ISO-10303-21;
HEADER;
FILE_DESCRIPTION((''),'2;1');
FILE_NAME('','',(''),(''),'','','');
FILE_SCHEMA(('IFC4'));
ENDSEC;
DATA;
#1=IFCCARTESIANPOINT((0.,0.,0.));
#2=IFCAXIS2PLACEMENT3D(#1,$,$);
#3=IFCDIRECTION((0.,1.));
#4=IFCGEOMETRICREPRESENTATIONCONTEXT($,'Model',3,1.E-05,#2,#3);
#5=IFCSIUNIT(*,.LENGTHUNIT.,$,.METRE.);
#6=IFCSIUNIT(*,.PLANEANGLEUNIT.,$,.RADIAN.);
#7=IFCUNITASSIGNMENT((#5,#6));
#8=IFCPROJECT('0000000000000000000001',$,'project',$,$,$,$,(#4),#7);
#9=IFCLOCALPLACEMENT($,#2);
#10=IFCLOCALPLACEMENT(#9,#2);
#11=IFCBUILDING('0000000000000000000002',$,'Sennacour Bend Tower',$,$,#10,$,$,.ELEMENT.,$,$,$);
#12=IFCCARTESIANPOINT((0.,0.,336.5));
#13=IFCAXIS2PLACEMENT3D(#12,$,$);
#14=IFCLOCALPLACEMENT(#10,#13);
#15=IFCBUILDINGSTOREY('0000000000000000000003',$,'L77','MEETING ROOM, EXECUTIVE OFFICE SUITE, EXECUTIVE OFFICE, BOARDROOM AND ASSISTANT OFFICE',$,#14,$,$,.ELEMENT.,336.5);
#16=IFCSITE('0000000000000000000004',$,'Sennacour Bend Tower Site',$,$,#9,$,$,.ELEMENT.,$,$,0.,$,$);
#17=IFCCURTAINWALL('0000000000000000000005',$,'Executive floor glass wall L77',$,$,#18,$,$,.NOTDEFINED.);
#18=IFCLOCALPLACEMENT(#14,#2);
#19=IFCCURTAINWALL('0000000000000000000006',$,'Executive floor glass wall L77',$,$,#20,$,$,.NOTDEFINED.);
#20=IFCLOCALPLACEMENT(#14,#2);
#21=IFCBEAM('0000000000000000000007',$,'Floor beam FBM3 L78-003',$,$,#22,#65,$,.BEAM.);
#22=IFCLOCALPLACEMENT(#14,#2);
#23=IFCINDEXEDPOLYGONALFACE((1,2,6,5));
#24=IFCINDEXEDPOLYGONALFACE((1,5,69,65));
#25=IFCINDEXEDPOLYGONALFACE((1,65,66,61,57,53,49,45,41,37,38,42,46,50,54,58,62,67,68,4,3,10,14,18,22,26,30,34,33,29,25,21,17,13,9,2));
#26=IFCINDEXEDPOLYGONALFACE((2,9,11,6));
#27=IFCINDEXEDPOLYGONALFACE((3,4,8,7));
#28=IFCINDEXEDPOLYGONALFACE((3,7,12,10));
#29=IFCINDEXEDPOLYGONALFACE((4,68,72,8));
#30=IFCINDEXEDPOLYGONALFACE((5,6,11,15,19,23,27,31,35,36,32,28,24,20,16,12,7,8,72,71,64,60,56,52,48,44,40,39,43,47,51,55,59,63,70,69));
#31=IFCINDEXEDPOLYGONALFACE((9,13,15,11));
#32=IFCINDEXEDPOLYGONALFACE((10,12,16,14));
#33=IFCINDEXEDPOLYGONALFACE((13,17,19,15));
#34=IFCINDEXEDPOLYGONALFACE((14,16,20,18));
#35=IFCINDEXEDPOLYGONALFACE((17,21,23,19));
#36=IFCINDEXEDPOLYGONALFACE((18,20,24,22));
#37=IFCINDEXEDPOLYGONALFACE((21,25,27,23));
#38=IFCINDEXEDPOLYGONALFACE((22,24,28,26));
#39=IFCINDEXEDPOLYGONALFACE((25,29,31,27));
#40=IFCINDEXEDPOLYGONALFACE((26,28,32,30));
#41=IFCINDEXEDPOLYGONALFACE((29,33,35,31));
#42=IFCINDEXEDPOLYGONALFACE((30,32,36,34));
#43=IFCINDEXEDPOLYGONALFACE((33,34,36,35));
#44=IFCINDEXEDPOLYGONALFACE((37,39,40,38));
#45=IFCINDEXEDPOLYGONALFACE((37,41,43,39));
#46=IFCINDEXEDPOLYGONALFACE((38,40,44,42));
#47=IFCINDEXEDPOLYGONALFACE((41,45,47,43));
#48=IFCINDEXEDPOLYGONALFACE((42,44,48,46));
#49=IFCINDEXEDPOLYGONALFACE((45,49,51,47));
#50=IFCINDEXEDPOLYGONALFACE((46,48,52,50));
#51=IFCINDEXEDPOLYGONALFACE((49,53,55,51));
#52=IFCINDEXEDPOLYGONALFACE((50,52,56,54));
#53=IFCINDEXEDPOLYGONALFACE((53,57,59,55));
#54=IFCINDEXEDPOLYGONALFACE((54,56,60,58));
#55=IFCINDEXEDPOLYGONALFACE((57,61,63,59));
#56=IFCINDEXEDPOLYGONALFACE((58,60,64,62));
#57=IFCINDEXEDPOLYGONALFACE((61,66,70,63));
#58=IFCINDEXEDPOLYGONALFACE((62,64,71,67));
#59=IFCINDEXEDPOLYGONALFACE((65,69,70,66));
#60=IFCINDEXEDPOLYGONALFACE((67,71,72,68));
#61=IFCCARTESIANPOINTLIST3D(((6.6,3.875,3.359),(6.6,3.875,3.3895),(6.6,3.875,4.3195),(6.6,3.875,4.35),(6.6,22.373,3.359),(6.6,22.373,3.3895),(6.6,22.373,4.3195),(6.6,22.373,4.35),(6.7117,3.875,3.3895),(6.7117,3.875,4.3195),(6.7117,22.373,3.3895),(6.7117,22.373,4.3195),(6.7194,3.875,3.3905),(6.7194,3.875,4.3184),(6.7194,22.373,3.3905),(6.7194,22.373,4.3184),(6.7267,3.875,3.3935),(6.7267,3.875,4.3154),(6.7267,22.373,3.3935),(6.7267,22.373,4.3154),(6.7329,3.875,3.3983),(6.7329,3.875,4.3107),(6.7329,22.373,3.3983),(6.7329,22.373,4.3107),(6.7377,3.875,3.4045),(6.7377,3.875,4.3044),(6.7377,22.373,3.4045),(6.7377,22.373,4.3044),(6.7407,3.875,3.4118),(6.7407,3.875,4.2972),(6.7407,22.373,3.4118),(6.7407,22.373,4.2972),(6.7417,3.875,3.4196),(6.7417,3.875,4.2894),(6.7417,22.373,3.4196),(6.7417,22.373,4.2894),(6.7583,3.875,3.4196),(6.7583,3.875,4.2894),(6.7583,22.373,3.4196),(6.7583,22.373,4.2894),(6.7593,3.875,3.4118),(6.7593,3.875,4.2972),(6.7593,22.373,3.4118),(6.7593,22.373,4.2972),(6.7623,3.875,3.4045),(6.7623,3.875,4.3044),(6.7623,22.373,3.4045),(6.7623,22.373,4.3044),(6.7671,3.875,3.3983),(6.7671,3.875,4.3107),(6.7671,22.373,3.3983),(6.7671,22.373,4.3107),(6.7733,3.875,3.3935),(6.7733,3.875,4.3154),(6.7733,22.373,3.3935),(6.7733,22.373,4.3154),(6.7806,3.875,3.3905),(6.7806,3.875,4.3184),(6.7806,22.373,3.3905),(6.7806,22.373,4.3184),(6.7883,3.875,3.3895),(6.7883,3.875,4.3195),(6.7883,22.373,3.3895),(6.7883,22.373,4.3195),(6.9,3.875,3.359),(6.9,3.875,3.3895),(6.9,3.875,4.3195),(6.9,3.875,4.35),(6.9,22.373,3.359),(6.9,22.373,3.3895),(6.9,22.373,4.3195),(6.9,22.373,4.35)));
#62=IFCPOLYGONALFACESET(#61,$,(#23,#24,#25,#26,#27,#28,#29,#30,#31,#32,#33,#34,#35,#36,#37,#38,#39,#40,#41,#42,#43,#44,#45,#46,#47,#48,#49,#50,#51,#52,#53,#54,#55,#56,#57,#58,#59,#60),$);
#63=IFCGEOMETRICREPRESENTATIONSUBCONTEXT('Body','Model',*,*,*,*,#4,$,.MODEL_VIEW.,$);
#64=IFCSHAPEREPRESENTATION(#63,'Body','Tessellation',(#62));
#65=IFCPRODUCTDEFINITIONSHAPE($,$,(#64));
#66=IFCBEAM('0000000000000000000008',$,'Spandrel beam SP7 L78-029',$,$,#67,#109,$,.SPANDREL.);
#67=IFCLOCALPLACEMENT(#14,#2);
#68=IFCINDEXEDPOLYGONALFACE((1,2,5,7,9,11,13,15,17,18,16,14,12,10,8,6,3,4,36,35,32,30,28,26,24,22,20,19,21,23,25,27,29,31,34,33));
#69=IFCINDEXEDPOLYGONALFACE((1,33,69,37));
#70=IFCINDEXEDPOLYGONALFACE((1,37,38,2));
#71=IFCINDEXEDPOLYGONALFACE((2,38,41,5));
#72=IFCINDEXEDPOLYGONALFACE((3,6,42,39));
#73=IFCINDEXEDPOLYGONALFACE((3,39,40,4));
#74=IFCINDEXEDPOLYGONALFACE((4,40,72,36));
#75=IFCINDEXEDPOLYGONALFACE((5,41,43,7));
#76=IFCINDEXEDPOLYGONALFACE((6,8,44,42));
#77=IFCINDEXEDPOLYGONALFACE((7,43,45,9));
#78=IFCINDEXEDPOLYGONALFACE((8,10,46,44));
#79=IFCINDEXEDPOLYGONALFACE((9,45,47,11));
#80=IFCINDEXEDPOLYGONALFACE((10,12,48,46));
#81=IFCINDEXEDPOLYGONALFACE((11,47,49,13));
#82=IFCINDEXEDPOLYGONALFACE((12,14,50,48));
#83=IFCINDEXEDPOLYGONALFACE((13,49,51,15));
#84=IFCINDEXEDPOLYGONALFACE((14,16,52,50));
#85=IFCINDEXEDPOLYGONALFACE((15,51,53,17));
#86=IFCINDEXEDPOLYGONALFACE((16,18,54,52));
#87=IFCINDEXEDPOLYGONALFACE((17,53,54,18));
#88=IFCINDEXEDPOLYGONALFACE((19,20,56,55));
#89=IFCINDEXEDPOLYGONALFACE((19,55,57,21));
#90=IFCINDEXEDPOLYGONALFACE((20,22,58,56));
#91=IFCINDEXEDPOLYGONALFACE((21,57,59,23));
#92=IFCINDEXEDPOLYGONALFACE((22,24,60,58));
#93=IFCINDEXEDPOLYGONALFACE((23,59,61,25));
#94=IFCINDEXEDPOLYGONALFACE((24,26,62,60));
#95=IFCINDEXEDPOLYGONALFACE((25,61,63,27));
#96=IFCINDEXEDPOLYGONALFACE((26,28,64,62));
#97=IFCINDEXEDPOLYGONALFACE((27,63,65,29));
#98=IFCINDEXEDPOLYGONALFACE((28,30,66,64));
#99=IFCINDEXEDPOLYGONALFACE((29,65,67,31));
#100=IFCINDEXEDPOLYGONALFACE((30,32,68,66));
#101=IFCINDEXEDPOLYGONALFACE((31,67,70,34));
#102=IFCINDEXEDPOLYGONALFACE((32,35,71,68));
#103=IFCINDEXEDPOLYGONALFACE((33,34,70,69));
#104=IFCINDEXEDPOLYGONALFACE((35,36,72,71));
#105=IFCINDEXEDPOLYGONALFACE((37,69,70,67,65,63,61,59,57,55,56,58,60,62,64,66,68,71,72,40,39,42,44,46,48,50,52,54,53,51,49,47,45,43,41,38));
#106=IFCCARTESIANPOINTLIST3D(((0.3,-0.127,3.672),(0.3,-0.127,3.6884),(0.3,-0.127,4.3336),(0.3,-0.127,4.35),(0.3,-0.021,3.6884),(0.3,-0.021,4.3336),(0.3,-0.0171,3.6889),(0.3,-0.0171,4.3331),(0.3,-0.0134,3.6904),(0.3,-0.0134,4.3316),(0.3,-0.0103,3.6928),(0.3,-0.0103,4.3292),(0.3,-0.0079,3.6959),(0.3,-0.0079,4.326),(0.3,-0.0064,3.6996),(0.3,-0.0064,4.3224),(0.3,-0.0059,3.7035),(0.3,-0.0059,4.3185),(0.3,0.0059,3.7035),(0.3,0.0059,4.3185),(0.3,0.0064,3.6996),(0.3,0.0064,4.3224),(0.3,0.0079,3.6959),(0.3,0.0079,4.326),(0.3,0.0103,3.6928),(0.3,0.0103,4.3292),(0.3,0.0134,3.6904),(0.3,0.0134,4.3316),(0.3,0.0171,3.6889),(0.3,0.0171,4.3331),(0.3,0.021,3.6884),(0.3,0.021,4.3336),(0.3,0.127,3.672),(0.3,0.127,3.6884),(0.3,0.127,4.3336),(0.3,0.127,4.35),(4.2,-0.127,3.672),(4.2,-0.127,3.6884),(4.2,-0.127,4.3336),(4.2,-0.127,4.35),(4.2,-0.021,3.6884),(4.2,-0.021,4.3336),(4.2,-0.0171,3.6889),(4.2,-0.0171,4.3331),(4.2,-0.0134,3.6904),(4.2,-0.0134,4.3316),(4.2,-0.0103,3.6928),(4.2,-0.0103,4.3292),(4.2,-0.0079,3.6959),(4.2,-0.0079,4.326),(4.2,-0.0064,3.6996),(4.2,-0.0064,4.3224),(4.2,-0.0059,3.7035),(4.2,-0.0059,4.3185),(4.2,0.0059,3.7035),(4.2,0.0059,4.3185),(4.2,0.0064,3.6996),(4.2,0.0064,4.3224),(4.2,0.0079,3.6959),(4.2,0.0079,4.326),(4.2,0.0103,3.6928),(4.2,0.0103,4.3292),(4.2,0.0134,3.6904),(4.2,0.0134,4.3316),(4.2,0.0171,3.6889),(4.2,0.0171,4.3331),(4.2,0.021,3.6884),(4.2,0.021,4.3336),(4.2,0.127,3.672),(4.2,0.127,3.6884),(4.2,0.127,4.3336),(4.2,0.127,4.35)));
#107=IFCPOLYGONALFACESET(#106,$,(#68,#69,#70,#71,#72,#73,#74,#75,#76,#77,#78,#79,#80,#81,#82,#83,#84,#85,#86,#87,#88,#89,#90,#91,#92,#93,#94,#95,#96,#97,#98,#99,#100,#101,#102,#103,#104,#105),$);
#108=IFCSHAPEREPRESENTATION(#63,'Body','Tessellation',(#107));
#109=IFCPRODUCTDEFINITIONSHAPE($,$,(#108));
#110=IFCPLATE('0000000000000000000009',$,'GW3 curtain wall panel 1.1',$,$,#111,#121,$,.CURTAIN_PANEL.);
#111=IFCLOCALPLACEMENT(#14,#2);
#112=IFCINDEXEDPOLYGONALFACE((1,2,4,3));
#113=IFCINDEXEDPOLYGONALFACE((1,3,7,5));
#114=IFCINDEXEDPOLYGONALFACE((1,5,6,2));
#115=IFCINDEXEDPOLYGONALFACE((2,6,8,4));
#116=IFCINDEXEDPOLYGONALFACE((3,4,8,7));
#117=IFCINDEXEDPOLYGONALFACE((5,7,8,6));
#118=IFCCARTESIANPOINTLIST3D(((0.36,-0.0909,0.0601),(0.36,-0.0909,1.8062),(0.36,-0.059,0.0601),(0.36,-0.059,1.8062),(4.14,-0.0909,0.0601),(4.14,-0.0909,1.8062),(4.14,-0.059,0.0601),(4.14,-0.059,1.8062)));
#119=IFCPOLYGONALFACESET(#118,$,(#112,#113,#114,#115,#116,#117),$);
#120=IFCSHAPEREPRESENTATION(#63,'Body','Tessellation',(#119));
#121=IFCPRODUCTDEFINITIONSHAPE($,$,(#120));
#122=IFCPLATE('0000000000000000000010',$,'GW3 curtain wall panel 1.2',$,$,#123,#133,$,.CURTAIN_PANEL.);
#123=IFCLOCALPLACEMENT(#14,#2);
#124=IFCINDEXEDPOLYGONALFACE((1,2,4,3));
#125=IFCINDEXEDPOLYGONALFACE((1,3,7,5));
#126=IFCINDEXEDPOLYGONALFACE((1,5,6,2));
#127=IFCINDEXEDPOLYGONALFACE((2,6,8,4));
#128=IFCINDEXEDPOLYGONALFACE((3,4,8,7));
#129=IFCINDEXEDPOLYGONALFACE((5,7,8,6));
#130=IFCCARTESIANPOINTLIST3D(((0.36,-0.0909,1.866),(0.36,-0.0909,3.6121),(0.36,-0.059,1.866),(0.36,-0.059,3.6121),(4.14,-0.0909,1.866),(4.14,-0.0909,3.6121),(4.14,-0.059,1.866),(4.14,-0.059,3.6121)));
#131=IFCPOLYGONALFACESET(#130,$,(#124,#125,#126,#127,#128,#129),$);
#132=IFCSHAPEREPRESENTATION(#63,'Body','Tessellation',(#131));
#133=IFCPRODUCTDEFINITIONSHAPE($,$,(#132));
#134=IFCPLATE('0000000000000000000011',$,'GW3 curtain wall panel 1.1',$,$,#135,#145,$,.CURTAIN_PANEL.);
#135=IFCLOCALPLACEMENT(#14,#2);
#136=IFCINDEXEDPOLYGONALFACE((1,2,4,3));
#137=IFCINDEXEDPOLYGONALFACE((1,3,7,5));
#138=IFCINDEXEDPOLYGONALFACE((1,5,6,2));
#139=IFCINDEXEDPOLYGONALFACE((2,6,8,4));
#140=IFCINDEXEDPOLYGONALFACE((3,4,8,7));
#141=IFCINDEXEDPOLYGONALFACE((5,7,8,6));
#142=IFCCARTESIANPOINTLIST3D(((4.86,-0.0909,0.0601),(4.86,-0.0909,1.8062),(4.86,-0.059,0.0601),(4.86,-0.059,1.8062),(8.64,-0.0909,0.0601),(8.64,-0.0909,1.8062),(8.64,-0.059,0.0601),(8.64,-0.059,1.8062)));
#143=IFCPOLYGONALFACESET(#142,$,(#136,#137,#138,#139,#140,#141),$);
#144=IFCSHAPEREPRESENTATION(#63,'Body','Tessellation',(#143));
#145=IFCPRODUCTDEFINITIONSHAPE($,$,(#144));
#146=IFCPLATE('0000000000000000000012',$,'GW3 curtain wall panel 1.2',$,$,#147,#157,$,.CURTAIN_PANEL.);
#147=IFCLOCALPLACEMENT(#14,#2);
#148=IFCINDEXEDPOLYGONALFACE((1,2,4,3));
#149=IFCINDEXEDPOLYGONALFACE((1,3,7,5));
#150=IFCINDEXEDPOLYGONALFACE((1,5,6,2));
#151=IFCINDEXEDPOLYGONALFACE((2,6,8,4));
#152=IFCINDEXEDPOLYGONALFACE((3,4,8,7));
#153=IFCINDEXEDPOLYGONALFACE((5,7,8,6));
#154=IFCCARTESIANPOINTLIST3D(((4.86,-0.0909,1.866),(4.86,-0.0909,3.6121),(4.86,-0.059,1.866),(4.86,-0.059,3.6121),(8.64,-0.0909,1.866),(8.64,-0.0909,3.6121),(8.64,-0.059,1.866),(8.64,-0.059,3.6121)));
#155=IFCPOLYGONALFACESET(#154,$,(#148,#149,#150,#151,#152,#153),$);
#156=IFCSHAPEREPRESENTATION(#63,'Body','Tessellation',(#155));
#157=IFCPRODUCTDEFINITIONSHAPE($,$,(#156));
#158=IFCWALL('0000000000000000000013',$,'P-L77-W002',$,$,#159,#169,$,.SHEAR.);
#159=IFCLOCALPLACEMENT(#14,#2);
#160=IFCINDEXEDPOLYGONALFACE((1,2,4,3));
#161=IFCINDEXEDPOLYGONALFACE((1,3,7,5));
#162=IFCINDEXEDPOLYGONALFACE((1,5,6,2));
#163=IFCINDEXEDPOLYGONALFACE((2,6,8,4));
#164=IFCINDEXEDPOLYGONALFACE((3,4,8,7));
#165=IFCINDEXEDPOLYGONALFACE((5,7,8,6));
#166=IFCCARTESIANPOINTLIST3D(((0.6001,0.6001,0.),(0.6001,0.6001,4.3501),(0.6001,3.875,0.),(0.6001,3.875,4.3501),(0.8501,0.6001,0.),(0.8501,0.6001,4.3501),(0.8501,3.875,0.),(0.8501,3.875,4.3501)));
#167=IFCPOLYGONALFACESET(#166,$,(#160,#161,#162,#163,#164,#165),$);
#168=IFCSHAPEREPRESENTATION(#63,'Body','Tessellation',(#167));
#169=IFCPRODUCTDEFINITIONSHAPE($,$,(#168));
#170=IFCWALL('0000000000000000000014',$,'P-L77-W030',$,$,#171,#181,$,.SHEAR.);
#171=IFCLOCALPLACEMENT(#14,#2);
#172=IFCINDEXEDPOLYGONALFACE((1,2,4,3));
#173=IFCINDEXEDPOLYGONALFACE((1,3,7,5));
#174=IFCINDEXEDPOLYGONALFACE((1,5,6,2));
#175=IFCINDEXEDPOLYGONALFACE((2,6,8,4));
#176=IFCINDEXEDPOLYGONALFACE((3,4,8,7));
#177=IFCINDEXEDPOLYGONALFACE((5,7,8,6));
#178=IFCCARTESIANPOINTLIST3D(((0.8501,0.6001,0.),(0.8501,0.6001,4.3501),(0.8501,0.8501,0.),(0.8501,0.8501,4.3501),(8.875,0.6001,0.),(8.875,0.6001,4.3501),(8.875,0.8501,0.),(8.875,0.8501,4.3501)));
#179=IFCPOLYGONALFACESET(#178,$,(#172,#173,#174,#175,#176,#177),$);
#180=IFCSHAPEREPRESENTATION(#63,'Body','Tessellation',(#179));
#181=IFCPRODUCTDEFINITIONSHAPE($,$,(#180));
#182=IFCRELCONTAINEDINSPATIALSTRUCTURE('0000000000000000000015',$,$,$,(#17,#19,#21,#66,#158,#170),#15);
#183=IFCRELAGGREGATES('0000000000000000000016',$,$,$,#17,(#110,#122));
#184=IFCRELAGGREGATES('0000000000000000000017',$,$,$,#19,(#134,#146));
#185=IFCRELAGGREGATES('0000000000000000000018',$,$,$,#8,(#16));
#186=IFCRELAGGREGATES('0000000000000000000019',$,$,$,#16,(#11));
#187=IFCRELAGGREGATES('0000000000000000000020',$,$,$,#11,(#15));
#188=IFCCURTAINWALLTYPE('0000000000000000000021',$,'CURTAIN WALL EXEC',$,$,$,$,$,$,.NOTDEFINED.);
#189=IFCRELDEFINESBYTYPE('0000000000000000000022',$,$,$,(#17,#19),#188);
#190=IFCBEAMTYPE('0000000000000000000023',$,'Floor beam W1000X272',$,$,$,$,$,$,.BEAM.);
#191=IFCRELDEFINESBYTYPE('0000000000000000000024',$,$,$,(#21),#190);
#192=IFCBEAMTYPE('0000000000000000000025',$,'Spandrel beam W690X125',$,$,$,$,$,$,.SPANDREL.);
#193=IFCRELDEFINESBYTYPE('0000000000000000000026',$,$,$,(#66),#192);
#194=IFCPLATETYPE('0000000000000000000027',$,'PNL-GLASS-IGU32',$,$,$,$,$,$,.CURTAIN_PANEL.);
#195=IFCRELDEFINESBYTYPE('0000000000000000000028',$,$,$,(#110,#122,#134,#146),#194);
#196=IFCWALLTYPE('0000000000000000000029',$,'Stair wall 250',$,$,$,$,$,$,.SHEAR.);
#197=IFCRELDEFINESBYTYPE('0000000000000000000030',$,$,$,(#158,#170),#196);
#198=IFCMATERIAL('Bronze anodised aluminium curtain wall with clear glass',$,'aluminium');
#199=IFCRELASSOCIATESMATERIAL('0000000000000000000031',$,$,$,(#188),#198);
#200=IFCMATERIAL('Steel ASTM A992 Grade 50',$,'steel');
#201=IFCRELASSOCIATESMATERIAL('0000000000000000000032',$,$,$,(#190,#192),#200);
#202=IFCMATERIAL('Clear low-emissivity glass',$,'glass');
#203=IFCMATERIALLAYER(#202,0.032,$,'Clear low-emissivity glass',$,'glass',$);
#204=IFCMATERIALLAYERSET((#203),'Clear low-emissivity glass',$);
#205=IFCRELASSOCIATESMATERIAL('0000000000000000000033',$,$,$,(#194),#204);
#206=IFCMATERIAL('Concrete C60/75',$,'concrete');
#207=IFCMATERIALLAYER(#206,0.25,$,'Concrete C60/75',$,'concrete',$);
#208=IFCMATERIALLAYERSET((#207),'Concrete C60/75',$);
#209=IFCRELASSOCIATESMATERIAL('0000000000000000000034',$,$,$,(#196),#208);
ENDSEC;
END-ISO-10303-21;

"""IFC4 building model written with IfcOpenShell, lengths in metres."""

from ifc_helpers import new_model, si_unit, direction, frame, frame_2d, origin, origin_2d, place, context, subcontext, project, spatial, rectangle, i_section, extrude, material, layer, layer_set, material_profile, profile_set, type_object, element, aggregate, save


model = new_model("IFC4")

# Units and contexts
model_context = context("Model", 3, precision=1e-05, world=origin(), true_north=direction((0.0, 1.0)))
body_context = subcontext(model_context, "Body", "Model", "MODEL_VIEW")
ifc_project = project(units=[si_unit("LENGTHUNIT", "METRE"), si_unit("PLANEANGLEUNIT", "RADIAN")], contexts=[model_context])

# Site, building, storey
site_placement = place(None, origin())
site = spatial("IfcSite", under=ifc_project, at=site_placement, Name="Sennacour Bend Tower Site", CompositionType="ELEMENT", RefElevation=0.0)
building_placement = place(site_placement, origin())
building = spatial("IfcBuilding", under=site, at=building_placement, Name="Sennacour Bend Tower", CompositionType="ELEMENT")
storey_placement = place(building_placement, frame((0.0, 0.0, 336.5)))
storey = spatial("IfcBuildingStorey", under=building, at=storey_placement, Name="L77", Description="MEETING ROOM, EXECUTIVE OFFICE SUITE, EXECUTIVE OFFICE, BOARDROOM AND ASSISTANT OFFICE", CompositionType="ELEMENT", Elevation=336.5)

# Curtain wall
ifc_material_1 = material(Name="Bronze anodised aluminium curtain wall with clear glass", Category="aluminium")
curtain_wall_type = type_object("IfcCurtainWallType", Name="CURTAIN WALL EXEC", PredefinedType="NOTDEFINED", material=ifc_material_1)
curtain_wall_1_placement = place(storey_placement, origin())
curtain_wall_1 = element("IfcCurtainWall", 1, at=curtain_wall_1_placement, inside=storey, type_object=curtain_wall_type, Name="Executive floor glass wall L77", PredefinedType="NOTDEFINED")

# Curtain wall
curtain_wall_2_placement = place(storey_placement, origin())
curtain_wall_2 = element("IfcCurtainWall", 2, at=curtain_wall_2_placement, inside=storey, type_object=curtain_wall_type, Name="Executive floor glass wall L77", PredefinedType="NOTDEFINED")

# Beams
ifc_material_2 = material(Name="Steel ASTM A992 Grade 50", Category="steel")
ifc_material_profile_1 = material_profile(ifc_material_2, i_section(OverallWidth=0.3, OverallDepth=0.991, WebThickness=0.0166, FlangeThickness=0.0305, FilletRadius=0.03, at=origin_2d()), Name="Steel ASTM A992 Grade 50", Category="steel")
ifc_profile_set_1 = profile_set([ifc_material_profile_1], Name="Steel ASTM A992 Grade 50")
beam_type_1 = type_object("IfcBeamType", Name="Floor beam W1000X272", PredefinedType="BEAM", material=ifc_profile_set_1)
beam_1_placement = place(storey_placement, frame((6.75, 3.875, 3.8545), z_axis=(0.0, 1.0, 0.0), x_axis=(-1.0, 0.0, 0.0)))
element("IfcBeam", 3, at=beam_1_placement, inside=storey, type_object=beam_type_1, Name="Floor beam FBM3 L78-003", PredefinedType="BEAM", context=body_context, shape_type="SweptSolid", body=[
    extrude(i_section(OverallWidth=0.3, OverallDepth=0.991, WebThickness=0.0166, FlangeThickness=0.0305, FilletRadius=0.03, at=origin_2d()), origin(), (0.0, 0.0, 1.0), 18.498),
])
ifc_material_profile_2 = material_profile(ifc_material_2, i_section(OverallWidth=0.2539, OverallDepth=0.678, WebThickness=0.0117, FlangeThickness=0.0164, FilletRadius=0.0151, at=origin_2d()), Name="Steel ASTM A992 Grade 50", Category="steel")
ifc_profile_set_2 = profile_set([ifc_material_profile_2], Name="Steel ASTM A992 Grade 50")
beam_type_2 = type_object("IfcBeamType", Name="Spandrel beam W690X125", PredefinedType="SPANDREL", material=ifc_profile_set_2)
beam_2_placement = place(storey_placement, frame((4.2, 0.0, 4.011), z_axis=(-1.0, 0.0, 0.0), x_axis=(0.0, -1.0, 0.0)))
element("IfcBeam", 4, at=beam_2_placement, inside=storey, type_object=beam_type_2, Name="Spandrel beam SP7 L78-029", PredefinedType="SPANDREL", context=body_context, shape_type="SweptSolid", body=[
    extrude(i_section(OverallWidth=0.2539, OverallDepth=0.678, WebThickness=0.0117, FlangeThickness=0.0164, FilletRadius=0.0151, at=origin_2d()), origin(), (0.0, 0.0, 1.0), 3.8999),
])

# Plates
ifc_material_3 = material(Name="Clear low-emissivity glass", Category="glass")
ifc_layer_1 = layer(ifc_material_3, 0.032, Name="Clear low-emissivity glass", Category="glass")
ifc_layer_set_1 = layer_set([ifc_layer_1], Name="Clear low-emissivity glass")
plate_type = type_object("IfcPlateType", Name="PNL-GLASS-IGU32", PredefinedType="CURTAIN_PANEL", material=ifc_layer_set_1)
plate_1_placement = place(storey_placement, frame((2.25, -0.075, 0.0601), z_axis=(0.0, 0.0, 1.0), x_axis=(1.0, 0.0, 0.0)))
plate_1 = element("IfcPlate", 5, at=plate_1_placement, type_object=plate_type, Name="GW3 curtain wall panel 1.1", PredefinedType="CURTAIN_PANEL", context=body_context, shape_type="SweptSolid", body=[
    extrude(rectangle(XDim=3.78, YDim=0.032, at=origin_2d()), origin(), (0.0, 0.0, 1.0), 1.7461),
])
plate_2_placement = place(storey_placement, frame((2.25, -0.075, 1.866), z_axis=(0.0, 0.0, 1.0), x_axis=(1.0, 0.0, 0.0)))
plate_2 = element("IfcPlate", 6, at=plate_2_placement, type_object=plate_type, Name="GW3 curtain wall panel 1.2", PredefinedType="CURTAIN_PANEL", context=body_context, shape_type="SweptSolid", body=[
    extrude(rectangle(XDim=3.78, YDim=0.032, at=origin_2d()), origin(), (0.0, 0.0, 1.0), 1.7461),
])
aggregate(curtain_wall_1, [plate_1, plate_2])
plate_3_placement = place(storey_placement, frame((6.75, -0.075, 0.0601), z_axis=(0.0, 0.0, 1.0), x_axis=(1.0, 0.0, 0.0)))
plate_3 = element("IfcPlate", 7, at=plate_3_placement, type_object=plate_type, Name="GW3 curtain wall panel 1.1", PredefinedType="CURTAIN_PANEL", context=body_context, shape_type="SweptSolid", body=[
    extrude(rectangle(XDim=3.78, YDim=0.032, at=origin_2d()), origin(), (0.0, 0.0, 1.0), 1.7461),
])
plate_4_placement = place(storey_placement, frame((6.75, -0.075, 1.866), z_axis=(0.0, 0.0, 1.0), x_axis=(1.0, 0.0, 0.0)))
plate_4 = element("IfcPlate", 8, at=plate_4_placement, type_object=plate_type, Name="GW3 curtain wall panel 1.2", PredefinedType="CURTAIN_PANEL", context=body_context, shape_type="SweptSolid", body=[
    extrude(rectangle(XDim=3.78, YDim=0.032, at=origin_2d()), origin(), (0.0, 0.0, 1.0), 1.7461),
])
aggregate(curtain_wall_2, [plate_3, plate_4])

# Walls
ifc_material_4 = material(Name="Concrete C60/75", Category="concrete")
ifc_layer_2 = layer(ifc_material_4, 0.25, Name="Concrete C60/75", Category="concrete")
ifc_layer_set_2 = layer_set([ifc_layer_2], Name="Concrete C60/75")
wall_type = type_object("IfcWallType", Name="Stair wall 250", PredefinedType="SHEAR", material=ifc_layer_set_2)
wall_1_placement = place(storey_placement, frame((0.7251, 0.6001, 0.0), z_axis=(0.0, 0.0, 1.0), x_axis=(0.0, 1.0, 0.0)))
element("IfcWall", 9, at=wall_1_placement, inside=storey, type_object=wall_type, Name="P-L77-W002", PredefinedType="SHEAR", context=body_context, shape_type="SweptSolid", body=[
    extrude(rectangle(XDim=3.2749, YDim=0.25, at=frame_2d((1.6375, 0.0))), origin(), (0.0, 0.0, 1.0), 4.3501),
])
wall_2_placement = place(storey_placement, frame((0.8501, 0.7251, 0.0), z_axis=(0.0, 0.0, 1.0), x_axis=(1.0, 0.0, 0.0)))
element("IfcWall", 10, at=wall_2_placement, inside=storey, type_object=wall_type, Name="P-L77-W030", PredefinedType="SHEAR", context=body_context, shape_type="SweptSolid", body=[
    extrude(rectangle(XDim=8.0249, YDim=0.25, at=frame_2d((4.0125, 0.0))), origin(), (0.0, 0.0, 1.0), 4.3501),
])

save(model, "model.ifc")
